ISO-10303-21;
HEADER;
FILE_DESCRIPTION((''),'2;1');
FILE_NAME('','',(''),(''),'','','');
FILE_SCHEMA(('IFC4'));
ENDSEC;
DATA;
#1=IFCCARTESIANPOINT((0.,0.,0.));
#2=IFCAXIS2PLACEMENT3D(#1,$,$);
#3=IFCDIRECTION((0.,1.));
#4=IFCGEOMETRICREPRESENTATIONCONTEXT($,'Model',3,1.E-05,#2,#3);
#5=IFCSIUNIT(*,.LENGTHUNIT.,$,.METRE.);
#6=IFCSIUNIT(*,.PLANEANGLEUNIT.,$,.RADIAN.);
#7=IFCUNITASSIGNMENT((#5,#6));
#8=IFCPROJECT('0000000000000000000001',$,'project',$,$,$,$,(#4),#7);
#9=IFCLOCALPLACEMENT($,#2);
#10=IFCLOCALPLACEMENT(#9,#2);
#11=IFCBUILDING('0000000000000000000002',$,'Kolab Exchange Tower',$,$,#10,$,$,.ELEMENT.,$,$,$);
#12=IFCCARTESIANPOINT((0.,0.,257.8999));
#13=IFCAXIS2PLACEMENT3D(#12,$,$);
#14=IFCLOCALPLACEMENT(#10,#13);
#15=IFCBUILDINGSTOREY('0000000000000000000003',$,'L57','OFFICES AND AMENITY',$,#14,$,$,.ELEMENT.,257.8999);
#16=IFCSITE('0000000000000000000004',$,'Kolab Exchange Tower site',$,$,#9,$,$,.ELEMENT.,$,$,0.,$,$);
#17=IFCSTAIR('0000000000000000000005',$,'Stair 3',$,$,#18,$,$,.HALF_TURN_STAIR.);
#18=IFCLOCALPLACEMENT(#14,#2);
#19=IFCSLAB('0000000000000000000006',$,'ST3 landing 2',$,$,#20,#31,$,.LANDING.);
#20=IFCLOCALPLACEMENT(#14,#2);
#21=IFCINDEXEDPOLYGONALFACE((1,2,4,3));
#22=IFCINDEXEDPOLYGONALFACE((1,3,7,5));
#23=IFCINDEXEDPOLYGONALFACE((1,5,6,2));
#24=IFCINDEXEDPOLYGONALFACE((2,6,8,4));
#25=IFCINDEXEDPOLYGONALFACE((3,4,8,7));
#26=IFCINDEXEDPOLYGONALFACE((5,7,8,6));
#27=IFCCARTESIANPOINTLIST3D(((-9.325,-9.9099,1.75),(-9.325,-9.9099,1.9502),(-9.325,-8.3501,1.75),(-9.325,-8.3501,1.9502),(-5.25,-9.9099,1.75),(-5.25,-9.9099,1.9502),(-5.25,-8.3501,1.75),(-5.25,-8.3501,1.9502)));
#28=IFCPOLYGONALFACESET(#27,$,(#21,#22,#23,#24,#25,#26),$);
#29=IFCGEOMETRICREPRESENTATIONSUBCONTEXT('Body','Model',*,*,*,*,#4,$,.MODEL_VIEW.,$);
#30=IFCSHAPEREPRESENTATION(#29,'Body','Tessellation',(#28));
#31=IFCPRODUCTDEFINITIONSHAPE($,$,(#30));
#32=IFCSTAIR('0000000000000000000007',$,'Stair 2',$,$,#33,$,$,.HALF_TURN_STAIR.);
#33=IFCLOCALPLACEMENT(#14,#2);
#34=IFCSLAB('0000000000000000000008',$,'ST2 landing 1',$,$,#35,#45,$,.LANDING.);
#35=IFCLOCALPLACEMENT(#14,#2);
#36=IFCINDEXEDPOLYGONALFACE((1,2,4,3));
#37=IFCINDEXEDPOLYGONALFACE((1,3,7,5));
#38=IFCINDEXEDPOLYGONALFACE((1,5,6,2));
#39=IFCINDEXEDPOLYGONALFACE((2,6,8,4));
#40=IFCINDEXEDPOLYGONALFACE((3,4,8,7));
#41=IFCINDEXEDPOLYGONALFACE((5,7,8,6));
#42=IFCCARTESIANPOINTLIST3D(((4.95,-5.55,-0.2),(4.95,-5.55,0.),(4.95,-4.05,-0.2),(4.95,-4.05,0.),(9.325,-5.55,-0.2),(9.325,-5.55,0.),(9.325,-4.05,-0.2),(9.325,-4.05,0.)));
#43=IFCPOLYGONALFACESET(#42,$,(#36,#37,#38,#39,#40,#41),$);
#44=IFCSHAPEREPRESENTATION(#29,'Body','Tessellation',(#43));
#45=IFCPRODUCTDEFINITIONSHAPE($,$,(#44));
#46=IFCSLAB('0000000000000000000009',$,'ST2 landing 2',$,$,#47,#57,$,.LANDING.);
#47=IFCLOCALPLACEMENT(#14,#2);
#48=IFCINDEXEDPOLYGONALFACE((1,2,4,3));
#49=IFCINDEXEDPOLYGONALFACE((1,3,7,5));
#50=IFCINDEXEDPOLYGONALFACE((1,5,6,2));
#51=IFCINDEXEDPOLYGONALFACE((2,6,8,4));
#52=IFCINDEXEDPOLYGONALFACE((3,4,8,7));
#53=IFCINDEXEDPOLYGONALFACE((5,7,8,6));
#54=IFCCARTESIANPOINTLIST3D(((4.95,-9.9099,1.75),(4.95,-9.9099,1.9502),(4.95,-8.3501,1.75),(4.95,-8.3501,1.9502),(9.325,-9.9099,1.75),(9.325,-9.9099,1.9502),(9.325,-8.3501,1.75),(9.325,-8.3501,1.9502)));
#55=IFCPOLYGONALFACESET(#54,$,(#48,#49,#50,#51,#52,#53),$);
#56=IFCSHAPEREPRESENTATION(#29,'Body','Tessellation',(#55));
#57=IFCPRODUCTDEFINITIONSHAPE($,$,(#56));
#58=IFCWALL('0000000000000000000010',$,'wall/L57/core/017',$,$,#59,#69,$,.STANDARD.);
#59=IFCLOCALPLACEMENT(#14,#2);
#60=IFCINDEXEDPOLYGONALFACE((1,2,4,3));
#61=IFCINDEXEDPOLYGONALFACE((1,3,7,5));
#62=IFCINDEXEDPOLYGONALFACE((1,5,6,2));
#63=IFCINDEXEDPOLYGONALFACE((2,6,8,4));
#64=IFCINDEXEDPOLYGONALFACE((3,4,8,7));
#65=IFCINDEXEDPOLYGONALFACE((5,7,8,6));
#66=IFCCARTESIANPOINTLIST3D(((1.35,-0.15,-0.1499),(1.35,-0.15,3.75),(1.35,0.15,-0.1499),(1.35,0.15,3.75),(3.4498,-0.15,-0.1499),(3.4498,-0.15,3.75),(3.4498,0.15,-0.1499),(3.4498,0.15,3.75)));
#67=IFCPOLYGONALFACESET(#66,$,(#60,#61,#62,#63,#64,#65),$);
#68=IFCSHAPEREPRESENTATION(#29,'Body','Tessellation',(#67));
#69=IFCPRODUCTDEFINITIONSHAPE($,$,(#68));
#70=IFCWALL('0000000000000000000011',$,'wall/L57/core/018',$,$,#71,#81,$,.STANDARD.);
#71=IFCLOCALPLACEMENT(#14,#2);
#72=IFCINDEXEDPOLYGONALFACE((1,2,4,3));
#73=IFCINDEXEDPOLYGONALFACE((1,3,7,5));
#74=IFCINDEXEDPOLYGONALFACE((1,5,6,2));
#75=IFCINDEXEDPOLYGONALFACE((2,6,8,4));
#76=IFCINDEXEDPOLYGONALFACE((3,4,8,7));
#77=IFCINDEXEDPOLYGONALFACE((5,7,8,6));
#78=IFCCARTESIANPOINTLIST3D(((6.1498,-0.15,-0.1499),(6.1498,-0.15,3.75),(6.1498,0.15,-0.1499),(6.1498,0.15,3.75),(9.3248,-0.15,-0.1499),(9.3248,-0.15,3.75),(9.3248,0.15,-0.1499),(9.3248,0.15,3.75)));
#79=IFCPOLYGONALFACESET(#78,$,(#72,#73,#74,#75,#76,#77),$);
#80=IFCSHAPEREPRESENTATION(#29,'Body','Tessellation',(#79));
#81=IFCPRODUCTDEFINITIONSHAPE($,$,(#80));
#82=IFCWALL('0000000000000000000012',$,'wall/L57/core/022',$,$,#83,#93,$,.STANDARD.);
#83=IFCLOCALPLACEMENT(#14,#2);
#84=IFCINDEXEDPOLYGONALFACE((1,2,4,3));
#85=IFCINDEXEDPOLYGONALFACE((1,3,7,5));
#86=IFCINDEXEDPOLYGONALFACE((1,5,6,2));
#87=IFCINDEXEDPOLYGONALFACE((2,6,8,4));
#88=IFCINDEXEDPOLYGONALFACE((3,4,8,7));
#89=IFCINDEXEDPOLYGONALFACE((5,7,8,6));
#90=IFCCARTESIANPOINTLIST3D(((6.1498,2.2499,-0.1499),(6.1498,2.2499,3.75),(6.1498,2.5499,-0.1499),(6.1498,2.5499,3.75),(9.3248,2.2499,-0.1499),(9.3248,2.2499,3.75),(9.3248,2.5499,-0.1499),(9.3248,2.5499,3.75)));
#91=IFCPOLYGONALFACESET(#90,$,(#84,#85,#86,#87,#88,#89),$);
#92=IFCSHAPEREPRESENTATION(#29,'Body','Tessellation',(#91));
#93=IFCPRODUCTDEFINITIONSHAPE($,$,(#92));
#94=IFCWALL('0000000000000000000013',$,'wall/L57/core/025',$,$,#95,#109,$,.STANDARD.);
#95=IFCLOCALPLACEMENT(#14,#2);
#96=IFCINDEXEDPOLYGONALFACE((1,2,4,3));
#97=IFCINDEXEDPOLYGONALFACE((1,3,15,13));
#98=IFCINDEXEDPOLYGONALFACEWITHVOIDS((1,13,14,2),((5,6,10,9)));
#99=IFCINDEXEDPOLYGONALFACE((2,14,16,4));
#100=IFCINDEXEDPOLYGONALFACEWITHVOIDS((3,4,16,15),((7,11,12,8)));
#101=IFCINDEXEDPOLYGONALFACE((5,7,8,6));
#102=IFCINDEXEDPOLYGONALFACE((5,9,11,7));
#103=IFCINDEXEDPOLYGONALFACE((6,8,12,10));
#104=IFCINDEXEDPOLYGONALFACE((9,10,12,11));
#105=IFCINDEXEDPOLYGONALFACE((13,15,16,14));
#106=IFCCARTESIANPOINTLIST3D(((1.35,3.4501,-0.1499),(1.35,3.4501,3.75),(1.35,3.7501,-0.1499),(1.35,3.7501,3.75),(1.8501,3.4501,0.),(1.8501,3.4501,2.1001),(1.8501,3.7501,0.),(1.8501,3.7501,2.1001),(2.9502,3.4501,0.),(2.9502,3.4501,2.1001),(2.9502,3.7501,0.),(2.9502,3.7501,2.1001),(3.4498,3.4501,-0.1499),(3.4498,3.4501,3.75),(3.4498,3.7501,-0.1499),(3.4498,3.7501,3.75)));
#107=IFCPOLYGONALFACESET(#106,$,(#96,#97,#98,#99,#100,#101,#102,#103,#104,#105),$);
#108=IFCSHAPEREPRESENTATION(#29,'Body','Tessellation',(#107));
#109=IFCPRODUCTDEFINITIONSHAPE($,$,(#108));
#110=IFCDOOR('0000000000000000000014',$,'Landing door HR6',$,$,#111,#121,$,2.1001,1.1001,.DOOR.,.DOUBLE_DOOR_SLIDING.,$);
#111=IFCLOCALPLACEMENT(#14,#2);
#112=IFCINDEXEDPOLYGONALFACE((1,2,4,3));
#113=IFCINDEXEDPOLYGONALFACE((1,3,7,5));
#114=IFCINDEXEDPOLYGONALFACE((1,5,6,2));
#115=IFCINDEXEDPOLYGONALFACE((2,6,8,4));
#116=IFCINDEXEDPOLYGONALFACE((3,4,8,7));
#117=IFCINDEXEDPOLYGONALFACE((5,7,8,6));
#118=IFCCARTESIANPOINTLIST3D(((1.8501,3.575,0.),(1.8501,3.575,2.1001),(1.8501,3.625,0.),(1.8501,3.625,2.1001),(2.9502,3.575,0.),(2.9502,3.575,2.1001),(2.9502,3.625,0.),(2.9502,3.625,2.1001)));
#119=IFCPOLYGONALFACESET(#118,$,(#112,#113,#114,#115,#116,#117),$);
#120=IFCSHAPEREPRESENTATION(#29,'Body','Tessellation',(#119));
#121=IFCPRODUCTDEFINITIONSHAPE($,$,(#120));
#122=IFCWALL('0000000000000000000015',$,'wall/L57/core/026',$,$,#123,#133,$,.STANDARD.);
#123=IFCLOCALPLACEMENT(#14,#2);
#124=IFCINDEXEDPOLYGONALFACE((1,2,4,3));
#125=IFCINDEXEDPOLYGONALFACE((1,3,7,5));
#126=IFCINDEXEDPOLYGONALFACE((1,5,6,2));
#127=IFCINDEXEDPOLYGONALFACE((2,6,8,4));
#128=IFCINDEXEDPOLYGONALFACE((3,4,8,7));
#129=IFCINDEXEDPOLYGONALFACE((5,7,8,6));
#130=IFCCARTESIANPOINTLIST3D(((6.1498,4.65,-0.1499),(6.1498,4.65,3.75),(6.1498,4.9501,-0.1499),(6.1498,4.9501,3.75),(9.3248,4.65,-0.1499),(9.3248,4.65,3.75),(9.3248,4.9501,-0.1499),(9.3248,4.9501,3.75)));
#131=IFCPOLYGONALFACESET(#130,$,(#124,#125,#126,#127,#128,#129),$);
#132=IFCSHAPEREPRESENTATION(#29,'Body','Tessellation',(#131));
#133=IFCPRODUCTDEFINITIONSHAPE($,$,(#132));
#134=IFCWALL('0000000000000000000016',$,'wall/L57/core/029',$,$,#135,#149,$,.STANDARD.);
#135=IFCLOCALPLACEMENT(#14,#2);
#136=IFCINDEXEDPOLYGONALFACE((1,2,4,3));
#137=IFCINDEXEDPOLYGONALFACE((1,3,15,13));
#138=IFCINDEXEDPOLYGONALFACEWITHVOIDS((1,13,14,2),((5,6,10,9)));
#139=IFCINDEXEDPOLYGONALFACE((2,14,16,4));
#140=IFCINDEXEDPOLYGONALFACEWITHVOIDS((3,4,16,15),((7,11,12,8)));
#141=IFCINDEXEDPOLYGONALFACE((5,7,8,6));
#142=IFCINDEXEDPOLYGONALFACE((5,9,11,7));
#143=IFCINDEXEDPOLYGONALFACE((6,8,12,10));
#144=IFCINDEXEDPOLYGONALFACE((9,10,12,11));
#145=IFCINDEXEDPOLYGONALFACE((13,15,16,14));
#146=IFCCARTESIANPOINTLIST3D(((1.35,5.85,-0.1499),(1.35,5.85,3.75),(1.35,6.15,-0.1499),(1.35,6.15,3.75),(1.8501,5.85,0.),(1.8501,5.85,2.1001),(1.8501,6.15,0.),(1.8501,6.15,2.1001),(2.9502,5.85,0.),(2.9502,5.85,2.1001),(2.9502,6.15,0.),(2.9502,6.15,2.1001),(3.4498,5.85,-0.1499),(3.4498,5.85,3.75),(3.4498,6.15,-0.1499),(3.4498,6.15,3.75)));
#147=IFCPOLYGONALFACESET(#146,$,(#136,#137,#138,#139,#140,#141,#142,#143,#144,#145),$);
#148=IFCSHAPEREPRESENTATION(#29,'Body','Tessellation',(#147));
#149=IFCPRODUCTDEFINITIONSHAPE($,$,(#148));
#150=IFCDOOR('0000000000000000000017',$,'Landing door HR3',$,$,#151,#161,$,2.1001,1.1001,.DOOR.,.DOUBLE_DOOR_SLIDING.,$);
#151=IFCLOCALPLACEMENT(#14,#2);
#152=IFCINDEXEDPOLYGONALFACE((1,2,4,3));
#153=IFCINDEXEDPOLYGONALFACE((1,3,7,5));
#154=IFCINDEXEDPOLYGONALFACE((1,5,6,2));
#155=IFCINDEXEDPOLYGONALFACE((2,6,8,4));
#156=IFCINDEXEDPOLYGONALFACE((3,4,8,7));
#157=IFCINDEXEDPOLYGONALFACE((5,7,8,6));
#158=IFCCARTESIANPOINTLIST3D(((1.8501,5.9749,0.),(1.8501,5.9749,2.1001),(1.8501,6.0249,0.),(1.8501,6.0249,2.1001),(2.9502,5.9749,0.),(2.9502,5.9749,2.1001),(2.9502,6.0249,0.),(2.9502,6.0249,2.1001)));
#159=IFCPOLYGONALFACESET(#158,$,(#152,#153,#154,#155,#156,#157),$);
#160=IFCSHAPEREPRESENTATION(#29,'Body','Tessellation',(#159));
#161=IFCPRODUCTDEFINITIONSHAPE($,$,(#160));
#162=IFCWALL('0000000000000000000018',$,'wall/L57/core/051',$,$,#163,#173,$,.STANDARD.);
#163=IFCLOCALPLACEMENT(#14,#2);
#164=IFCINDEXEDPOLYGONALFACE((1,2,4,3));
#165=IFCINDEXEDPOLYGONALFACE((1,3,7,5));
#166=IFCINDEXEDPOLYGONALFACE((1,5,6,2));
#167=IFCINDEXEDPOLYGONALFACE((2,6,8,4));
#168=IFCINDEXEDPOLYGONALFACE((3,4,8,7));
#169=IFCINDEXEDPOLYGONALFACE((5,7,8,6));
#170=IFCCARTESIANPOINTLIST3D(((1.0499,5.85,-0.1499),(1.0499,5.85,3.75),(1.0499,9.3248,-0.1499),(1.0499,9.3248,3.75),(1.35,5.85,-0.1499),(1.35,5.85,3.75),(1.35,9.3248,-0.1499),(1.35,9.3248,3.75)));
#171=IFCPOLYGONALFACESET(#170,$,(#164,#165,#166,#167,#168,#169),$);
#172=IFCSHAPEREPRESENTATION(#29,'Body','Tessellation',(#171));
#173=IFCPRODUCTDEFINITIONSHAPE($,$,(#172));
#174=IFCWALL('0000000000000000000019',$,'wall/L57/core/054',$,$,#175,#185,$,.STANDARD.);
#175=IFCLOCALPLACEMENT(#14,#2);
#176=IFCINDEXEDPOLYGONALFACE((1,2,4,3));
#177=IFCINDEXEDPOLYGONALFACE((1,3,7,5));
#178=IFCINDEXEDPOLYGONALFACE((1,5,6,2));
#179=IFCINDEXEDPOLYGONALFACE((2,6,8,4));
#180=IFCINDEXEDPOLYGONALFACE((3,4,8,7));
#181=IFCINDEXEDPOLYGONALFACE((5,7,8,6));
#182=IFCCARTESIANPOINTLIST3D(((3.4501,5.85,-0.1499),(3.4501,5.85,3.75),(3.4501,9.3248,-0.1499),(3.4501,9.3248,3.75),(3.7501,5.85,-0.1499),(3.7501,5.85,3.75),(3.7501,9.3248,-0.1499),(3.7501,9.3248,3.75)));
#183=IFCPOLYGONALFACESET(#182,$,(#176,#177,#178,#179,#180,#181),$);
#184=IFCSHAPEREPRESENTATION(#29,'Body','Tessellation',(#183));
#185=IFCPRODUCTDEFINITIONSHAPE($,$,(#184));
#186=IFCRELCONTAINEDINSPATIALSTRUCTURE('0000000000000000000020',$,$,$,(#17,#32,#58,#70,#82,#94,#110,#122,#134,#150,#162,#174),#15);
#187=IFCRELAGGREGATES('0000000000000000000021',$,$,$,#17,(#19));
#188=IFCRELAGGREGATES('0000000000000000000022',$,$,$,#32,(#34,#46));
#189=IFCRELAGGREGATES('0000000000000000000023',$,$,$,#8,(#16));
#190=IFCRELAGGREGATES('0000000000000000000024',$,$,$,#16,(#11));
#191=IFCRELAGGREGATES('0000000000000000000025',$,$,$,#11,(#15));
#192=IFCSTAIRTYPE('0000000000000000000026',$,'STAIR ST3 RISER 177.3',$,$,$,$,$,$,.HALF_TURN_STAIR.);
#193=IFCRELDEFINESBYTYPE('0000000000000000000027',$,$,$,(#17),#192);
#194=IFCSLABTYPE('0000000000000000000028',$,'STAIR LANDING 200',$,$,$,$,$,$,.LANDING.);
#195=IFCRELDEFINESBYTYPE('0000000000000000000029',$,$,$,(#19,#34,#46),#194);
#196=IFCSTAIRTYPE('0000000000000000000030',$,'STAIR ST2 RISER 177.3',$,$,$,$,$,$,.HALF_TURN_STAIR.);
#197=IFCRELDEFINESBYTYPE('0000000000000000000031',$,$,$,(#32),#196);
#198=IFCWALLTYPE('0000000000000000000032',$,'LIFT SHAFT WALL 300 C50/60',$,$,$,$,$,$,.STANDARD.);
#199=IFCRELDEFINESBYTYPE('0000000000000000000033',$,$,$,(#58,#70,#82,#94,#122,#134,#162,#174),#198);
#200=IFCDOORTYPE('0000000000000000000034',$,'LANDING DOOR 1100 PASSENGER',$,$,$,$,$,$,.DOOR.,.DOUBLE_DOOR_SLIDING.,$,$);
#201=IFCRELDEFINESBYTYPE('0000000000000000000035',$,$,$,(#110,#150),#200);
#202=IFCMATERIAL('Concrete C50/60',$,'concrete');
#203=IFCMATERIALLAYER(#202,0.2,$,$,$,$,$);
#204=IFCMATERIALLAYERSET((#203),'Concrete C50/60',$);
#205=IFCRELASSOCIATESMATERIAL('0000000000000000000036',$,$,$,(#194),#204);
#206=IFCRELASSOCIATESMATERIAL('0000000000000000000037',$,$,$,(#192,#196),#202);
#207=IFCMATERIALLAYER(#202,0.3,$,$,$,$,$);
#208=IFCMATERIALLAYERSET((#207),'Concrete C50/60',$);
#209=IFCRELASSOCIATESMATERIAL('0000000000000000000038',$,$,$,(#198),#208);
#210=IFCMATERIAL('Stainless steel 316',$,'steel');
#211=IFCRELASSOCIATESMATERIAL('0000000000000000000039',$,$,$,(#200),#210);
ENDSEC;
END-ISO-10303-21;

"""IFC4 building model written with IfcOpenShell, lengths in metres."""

from ifc_helpers import new_model, si_unit, direction, frame, frame_2d, origin, place, context, subcontext, project, spatial, polyline, rectangle, outline, extrude, material, layer, layer_set, type_object, element, fill, aggregate, save


model = new_model("IFC4")

# Units and contexts
model_context = context("Model", 3, precision=1e-05, world=origin(), true_north=direction((0.0, 1.0)))
body_context = subcontext(model_context, "Body", "Model", "MODEL_VIEW")
ifc_project = project(units=[si_unit("LENGTHUNIT", "METRE"), si_unit("PLANEANGLEUNIT", "RADIAN")], contexts=[model_context])

# Site, building, storey
site_placement = place(None, origin())
site = spatial("IfcSite", under=ifc_project, at=site_placement, Name="Kolab Exchange Tower site", CompositionType="ELEMENT", RefElevation=0.0)
building_placement = place(site_placement, origin())
building = spatial("IfcBuilding", under=site, at=building_placement, Name="Kolab Exchange Tower", CompositionType="ELEMENT")
storey_placement = place(building_placement, frame((0.0, 0.0, 257.8999)))
storey = spatial("IfcBuildingStorey", under=building, at=storey_placement, Name="L57", Description="OFFICES AND AMENITY", CompositionType="ELEMENT", Elevation=257.8999)

# Stairs, slabs
ifc_material_1 = material(Name="Concrete C50/60", Category="concrete")
ifc_layer_1 = layer(ifc_material_1, 0.2)
ifc_layer_set_1 = layer_set([ifc_layer_1], Name="Concrete C50/60")
slab_type_1 = type_object("IfcSlabType", Name="STAIR LANDING 200", PredefinedType="LANDING", material=ifc_layer_set_1)
stair_type_1 = type_object("IfcStairType", Name="STAIR ST3 RISER 177.3", PredefinedType="HALF_TURN_STAIR", material=ifc_material_1)
stair_1_placement = place(storey_placement, origin())
stair_1 = element("IfcStair", 1, at=stair_1_placement, inside=storey, type_object=stair_type_1, Name="Stair 3", PredefinedType="HALF_TURN_STAIR")
slab_1_placement = place(storey_placement, frame((0.0, 0.0, 1.75)))
slab_1 = element("IfcSlab", 2, at=slab_1_placement, type_object=slab_type_1, Name="ST3 landing 2", PredefinedType="LANDING", context=body_context, shape_type="SweptSolid", body=[
    extrude(outline(polyline([(-9.325, -9.9099), (-5.25, -9.9099), (-5.25, -8.3501), (-9.325, -8.3501), (-9.325, -9.9099)])), origin(), (0.0, 0.0, 1.0), 0.2002),
])
aggregate(stair_1, [slab_1])
stair_type_2 = type_object("IfcStairType", Name="STAIR ST2 RISER 177.3", PredefinedType="HALF_TURN_STAIR", material=ifc_material_1)
stair_2_placement = place(storey_placement, origin())
stair_2 = element("IfcStair", 3, at=stair_2_placement, inside=storey, type_object=stair_type_2, Name="Stair 2", PredefinedType="HALF_TURN_STAIR")
slab_2_placement = place(storey_placement, frame((0.0, 0.0, -0.2)))
slab_2 = element("IfcSlab", 4, at=slab_2_placement, type_object=slab_type_1, Name="ST2 landing 1", PredefinedType="LANDING", context=body_context, shape_type="SweptSolid", body=[
    extrude(outline(polyline([(4.95, -5.55), (9.325, -5.55), (9.325, -4.05), (4.95, -4.05), (4.95, -5.55)])), origin(), (0.0, 0.0, 1.0), 0.2),
])
slab_3_placement = place(storey_placement, frame((0.0, 0.0, 1.75)))
slab_3 = element("IfcSlab", 5, at=slab_3_placement, type_object=slab_type_1, Name="ST2 landing 2", PredefinedType="LANDING", context=body_context, shape_type="SweptSolid", body=[
    extrude(outline(polyline([(4.95, -9.9099), (9.325, -9.9099), (9.325, -8.3501), (4.95, -8.3501), (4.95, -9.9099)])), origin(), (0.0, 0.0, 1.0), 0.2002),
])
aggregate(stair_2, [slab_2, slab_3])

# Walls
ifc_layer_2 = layer(ifc_material_1, 0.3)
ifc_layer_set_2 = layer_set([ifc_layer_2], Name="Concrete C50/60")
wall_type_1 = type_object("IfcWallType", Name="LIFT SHAFT WALL 300 C50/60", PredefinedType="STANDARD", material=ifc_layer_set_2)
wall_1_placement = place(storey_placement, frame((1.3501, 0.0, -0.1499), z_axis=(0.0, 0.0, 1.0), x_axis=(1.0, 0.0, 0.0)))
element("IfcWall", 6, at=wall_1_placement, inside=storey, type_object=wall_type_1, Name="wall/L57/core/017", PredefinedType="STANDARD", context=body_context, shape_type="SweptSolid", body=[
    extrude(rectangle(XDim=2.0999, YDim=0.3, at=frame_2d((1.0498, 0.0))), origin(), (0.0, 0.0, 1.0), 3.8999),
])
for number, where, z_axis, x_axis, name in (
    (7, (6.1499, 0.0, -0.1499), (0.0, 0.0, 1.0), (1.0, 0.0, 0.0), "wall/L57/core/018"),
    (8, (6.1499, 2.3999, -0.1499), (0.0, 0.0, 1.0), (1.0, 0.0, 0.0), "wall/L57/core/022"),
):
    element("IfcWall", number, at=place(storey_placement, frame(where, z_axis=z_axis, x_axis=x_axis)), inside=storey, type_object=wall_type_1, Name=name, PredefinedType="STANDARD", context=body_context, shape_type="SweptSolid", body=[
        extrude(rectangle(XDim=3.175, YDim=0.3, at=frame_2d((1.5874, 0.0))), origin(), (0.0, 0.0, 1.0), 3.8999),
    ])

# Wall, opening, door
wall_2_placement = place(storey_placement, frame((1.3501, 3.6001, -0.1499), z_axis=(0.0, 0.0, 1.0), x_axis=(1.0, 0.0, 0.0)))
wall_2 = element("IfcWall", 9, at=wall_2_placement, inside=storey, type_object=wall_type_1, Name="wall/L57/core/025", PredefinedType="STANDARD", context=body_context, shape_type="SweptSolid", body=[
    extrude(rectangle(XDim=2.0999, YDim=0.3, at=frame_2d((1.0498, 0.0))), origin(), (0.0, 0.0, 1.0), 3.8999),
])
opening_1_placement = place(wall_2_placement, frame((0.5, 0.0, 0.1499)))
opening_1 = element("IfcOpeningElement", 10, at=opening_1_placement, cuts=wall_2, PredefinedType="OPENING", context=body_context, shape_type="SweptSolid", body=[
    extrude(rectangle(XDim=1.1001, YDim=2.1001, at=frame_2d((0.55, 1.05))), frame((0.0, 0.1602, 0.0), z_axis=(0.0, -1.0, 0.0), x_axis=(1.0, 0.0, 0.0)), (0.0, 0.0, 1.0), 0.3201),
])
ifc_material_2 = material(Name="Stainless steel 316", Category="steel")
door_type_1 = type_object("IfcDoorType", Name="LANDING DOOR 1100 PASSENGER", OperationType="DOUBLE_DOOR_SLIDING", PredefinedType="DOOR", material=ifc_material_2)
door_1_placement = place(opening_1_placement, origin())
door_1 = element("IfcDoor", 11, at=door_1_placement, inside=storey, type_object=door_type_1, Name="Landing door HR6", OperationType="DOUBLE_DOOR_SLIDING", OverallHeight=2.1001, OverallWidth=1.1001, PredefinedType="DOOR", context=body_context, shape_type="SweptSolid", body=[
    extrude(rectangle(XDim=1.1001, YDim=2.1001, at=frame_2d((0.55, 1.05))), frame((0.0, 0.0249, 0.0), z_axis=(0.0, -1.0, 0.0), x_axis=(1.0, 0.0, 0.0)), (0.0, 0.0, 1.0), 0.05),
])
fill(opening_1, door_1)

# Wall
wall_3_placement = place(storey_placement, frame((6.1499, 4.8, -0.1499), z_axis=(0.0, 0.0, 1.0), x_axis=(1.0, 0.0, 0.0)))
element("IfcWall", 12, at=wall_3_placement, inside=storey, type_object=wall_type_1, Name="wall/L57/core/026", PredefinedType="STANDARD", context=body_context, shape_type="SweptSolid", body=[
    extrude(rectangle(XDim=3.175, YDim=0.3, at=frame_2d((1.5874, 0.0))), origin(), (0.0, 0.0, 1.0), 3.8999),
])

# Wall, opening, door
wall_4_placement = place(storey_placement, frame((1.3501, 6.0, -0.1499), z_axis=(0.0, 0.0, 1.0), x_axis=(1.0, 0.0, 0.0)))
wall_4 = element("IfcWall", 13, at=wall_4_placement, inside=storey, type_object=wall_type_1, Name="wall/L57/core/029", PredefinedType="STANDARD", context=body_context, shape_type="SweptSolid", body=[
    extrude(rectangle(XDim=2.0999, YDim=0.3, at=frame_2d((1.0498, 0.0))), origin(), (0.0, 0.0, 1.0), 3.8999),
])
opening_2_placement = place(wall_4_placement, frame((0.5, 0.0, 0.1499)))
opening_2 = element("IfcOpeningElement", 14, at=opening_2_placement, cuts=wall_4, PredefinedType="OPENING", context=body_context, shape_type="SweptSolid", body=[
    extrude(rectangle(XDim=1.1001, YDim=2.1001, at=frame_2d((0.55, 1.05))), frame((0.0, 0.1602, 0.0), z_axis=(0.0, -1.0, 0.0), x_axis=(1.0, 0.0, 0.0)), (0.0, 0.0, 1.0), 0.3201),
])
door_2_placement = place(opening_2_placement, origin())
door_2 = element("IfcDoor", 15, at=door_2_placement, inside=storey, type_object=door_type_1, Name="Landing door HR3", OperationType="DOUBLE_DOOR_SLIDING", OverallHeight=2.1001, OverallWidth=1.1001, PredefinedType="DOOR", context=body_context, shape_type="SweptSolid", body=[
    extrude(rectangle(XDim=1.1001, YDim=2.1001, at=frame_2d((0.55, 1.05))), frame((0.0, 0.0249, 0.0), z_axis=(0.0, -1.0, 0.0), x_axis=(1.0, 0.0, 0.0)), (0.0, 0.0, 1.0), 0.05),
])
fill(opening_2, door_2)

# Walls
for number, where, z_axis, x_axis, name in (
    (16, (1.2, 5.8501, -0.1499), (0.0, 0.0, 1.0), (0.0, 1.0, 0.0), "wall/L57/core/051"),
    (17, (3.6001, 5.8501, -0.1499), (0.0, 0.0, 1.0), (0.0, 1.0, 0.0), "wall/L57/core/054"),
):
    element("IfcWall", number, at=place(storey_placement, frame(where, z_axis=z_axis, x_axis=x_axis)), inside=storey, type_object=wall_type_1, Name=name, PredefinedType="STANDARD", context=body_context, shape_type="SweptSolid", body=[
        extrude(rectangle(XDim=3.4749, YDim=0.3, at=frame_2d((1.7373, 0.0))), origin(), (0.0, 0.0, 1.0), 3.8999),
    ])

save(model, "model.ifc")
